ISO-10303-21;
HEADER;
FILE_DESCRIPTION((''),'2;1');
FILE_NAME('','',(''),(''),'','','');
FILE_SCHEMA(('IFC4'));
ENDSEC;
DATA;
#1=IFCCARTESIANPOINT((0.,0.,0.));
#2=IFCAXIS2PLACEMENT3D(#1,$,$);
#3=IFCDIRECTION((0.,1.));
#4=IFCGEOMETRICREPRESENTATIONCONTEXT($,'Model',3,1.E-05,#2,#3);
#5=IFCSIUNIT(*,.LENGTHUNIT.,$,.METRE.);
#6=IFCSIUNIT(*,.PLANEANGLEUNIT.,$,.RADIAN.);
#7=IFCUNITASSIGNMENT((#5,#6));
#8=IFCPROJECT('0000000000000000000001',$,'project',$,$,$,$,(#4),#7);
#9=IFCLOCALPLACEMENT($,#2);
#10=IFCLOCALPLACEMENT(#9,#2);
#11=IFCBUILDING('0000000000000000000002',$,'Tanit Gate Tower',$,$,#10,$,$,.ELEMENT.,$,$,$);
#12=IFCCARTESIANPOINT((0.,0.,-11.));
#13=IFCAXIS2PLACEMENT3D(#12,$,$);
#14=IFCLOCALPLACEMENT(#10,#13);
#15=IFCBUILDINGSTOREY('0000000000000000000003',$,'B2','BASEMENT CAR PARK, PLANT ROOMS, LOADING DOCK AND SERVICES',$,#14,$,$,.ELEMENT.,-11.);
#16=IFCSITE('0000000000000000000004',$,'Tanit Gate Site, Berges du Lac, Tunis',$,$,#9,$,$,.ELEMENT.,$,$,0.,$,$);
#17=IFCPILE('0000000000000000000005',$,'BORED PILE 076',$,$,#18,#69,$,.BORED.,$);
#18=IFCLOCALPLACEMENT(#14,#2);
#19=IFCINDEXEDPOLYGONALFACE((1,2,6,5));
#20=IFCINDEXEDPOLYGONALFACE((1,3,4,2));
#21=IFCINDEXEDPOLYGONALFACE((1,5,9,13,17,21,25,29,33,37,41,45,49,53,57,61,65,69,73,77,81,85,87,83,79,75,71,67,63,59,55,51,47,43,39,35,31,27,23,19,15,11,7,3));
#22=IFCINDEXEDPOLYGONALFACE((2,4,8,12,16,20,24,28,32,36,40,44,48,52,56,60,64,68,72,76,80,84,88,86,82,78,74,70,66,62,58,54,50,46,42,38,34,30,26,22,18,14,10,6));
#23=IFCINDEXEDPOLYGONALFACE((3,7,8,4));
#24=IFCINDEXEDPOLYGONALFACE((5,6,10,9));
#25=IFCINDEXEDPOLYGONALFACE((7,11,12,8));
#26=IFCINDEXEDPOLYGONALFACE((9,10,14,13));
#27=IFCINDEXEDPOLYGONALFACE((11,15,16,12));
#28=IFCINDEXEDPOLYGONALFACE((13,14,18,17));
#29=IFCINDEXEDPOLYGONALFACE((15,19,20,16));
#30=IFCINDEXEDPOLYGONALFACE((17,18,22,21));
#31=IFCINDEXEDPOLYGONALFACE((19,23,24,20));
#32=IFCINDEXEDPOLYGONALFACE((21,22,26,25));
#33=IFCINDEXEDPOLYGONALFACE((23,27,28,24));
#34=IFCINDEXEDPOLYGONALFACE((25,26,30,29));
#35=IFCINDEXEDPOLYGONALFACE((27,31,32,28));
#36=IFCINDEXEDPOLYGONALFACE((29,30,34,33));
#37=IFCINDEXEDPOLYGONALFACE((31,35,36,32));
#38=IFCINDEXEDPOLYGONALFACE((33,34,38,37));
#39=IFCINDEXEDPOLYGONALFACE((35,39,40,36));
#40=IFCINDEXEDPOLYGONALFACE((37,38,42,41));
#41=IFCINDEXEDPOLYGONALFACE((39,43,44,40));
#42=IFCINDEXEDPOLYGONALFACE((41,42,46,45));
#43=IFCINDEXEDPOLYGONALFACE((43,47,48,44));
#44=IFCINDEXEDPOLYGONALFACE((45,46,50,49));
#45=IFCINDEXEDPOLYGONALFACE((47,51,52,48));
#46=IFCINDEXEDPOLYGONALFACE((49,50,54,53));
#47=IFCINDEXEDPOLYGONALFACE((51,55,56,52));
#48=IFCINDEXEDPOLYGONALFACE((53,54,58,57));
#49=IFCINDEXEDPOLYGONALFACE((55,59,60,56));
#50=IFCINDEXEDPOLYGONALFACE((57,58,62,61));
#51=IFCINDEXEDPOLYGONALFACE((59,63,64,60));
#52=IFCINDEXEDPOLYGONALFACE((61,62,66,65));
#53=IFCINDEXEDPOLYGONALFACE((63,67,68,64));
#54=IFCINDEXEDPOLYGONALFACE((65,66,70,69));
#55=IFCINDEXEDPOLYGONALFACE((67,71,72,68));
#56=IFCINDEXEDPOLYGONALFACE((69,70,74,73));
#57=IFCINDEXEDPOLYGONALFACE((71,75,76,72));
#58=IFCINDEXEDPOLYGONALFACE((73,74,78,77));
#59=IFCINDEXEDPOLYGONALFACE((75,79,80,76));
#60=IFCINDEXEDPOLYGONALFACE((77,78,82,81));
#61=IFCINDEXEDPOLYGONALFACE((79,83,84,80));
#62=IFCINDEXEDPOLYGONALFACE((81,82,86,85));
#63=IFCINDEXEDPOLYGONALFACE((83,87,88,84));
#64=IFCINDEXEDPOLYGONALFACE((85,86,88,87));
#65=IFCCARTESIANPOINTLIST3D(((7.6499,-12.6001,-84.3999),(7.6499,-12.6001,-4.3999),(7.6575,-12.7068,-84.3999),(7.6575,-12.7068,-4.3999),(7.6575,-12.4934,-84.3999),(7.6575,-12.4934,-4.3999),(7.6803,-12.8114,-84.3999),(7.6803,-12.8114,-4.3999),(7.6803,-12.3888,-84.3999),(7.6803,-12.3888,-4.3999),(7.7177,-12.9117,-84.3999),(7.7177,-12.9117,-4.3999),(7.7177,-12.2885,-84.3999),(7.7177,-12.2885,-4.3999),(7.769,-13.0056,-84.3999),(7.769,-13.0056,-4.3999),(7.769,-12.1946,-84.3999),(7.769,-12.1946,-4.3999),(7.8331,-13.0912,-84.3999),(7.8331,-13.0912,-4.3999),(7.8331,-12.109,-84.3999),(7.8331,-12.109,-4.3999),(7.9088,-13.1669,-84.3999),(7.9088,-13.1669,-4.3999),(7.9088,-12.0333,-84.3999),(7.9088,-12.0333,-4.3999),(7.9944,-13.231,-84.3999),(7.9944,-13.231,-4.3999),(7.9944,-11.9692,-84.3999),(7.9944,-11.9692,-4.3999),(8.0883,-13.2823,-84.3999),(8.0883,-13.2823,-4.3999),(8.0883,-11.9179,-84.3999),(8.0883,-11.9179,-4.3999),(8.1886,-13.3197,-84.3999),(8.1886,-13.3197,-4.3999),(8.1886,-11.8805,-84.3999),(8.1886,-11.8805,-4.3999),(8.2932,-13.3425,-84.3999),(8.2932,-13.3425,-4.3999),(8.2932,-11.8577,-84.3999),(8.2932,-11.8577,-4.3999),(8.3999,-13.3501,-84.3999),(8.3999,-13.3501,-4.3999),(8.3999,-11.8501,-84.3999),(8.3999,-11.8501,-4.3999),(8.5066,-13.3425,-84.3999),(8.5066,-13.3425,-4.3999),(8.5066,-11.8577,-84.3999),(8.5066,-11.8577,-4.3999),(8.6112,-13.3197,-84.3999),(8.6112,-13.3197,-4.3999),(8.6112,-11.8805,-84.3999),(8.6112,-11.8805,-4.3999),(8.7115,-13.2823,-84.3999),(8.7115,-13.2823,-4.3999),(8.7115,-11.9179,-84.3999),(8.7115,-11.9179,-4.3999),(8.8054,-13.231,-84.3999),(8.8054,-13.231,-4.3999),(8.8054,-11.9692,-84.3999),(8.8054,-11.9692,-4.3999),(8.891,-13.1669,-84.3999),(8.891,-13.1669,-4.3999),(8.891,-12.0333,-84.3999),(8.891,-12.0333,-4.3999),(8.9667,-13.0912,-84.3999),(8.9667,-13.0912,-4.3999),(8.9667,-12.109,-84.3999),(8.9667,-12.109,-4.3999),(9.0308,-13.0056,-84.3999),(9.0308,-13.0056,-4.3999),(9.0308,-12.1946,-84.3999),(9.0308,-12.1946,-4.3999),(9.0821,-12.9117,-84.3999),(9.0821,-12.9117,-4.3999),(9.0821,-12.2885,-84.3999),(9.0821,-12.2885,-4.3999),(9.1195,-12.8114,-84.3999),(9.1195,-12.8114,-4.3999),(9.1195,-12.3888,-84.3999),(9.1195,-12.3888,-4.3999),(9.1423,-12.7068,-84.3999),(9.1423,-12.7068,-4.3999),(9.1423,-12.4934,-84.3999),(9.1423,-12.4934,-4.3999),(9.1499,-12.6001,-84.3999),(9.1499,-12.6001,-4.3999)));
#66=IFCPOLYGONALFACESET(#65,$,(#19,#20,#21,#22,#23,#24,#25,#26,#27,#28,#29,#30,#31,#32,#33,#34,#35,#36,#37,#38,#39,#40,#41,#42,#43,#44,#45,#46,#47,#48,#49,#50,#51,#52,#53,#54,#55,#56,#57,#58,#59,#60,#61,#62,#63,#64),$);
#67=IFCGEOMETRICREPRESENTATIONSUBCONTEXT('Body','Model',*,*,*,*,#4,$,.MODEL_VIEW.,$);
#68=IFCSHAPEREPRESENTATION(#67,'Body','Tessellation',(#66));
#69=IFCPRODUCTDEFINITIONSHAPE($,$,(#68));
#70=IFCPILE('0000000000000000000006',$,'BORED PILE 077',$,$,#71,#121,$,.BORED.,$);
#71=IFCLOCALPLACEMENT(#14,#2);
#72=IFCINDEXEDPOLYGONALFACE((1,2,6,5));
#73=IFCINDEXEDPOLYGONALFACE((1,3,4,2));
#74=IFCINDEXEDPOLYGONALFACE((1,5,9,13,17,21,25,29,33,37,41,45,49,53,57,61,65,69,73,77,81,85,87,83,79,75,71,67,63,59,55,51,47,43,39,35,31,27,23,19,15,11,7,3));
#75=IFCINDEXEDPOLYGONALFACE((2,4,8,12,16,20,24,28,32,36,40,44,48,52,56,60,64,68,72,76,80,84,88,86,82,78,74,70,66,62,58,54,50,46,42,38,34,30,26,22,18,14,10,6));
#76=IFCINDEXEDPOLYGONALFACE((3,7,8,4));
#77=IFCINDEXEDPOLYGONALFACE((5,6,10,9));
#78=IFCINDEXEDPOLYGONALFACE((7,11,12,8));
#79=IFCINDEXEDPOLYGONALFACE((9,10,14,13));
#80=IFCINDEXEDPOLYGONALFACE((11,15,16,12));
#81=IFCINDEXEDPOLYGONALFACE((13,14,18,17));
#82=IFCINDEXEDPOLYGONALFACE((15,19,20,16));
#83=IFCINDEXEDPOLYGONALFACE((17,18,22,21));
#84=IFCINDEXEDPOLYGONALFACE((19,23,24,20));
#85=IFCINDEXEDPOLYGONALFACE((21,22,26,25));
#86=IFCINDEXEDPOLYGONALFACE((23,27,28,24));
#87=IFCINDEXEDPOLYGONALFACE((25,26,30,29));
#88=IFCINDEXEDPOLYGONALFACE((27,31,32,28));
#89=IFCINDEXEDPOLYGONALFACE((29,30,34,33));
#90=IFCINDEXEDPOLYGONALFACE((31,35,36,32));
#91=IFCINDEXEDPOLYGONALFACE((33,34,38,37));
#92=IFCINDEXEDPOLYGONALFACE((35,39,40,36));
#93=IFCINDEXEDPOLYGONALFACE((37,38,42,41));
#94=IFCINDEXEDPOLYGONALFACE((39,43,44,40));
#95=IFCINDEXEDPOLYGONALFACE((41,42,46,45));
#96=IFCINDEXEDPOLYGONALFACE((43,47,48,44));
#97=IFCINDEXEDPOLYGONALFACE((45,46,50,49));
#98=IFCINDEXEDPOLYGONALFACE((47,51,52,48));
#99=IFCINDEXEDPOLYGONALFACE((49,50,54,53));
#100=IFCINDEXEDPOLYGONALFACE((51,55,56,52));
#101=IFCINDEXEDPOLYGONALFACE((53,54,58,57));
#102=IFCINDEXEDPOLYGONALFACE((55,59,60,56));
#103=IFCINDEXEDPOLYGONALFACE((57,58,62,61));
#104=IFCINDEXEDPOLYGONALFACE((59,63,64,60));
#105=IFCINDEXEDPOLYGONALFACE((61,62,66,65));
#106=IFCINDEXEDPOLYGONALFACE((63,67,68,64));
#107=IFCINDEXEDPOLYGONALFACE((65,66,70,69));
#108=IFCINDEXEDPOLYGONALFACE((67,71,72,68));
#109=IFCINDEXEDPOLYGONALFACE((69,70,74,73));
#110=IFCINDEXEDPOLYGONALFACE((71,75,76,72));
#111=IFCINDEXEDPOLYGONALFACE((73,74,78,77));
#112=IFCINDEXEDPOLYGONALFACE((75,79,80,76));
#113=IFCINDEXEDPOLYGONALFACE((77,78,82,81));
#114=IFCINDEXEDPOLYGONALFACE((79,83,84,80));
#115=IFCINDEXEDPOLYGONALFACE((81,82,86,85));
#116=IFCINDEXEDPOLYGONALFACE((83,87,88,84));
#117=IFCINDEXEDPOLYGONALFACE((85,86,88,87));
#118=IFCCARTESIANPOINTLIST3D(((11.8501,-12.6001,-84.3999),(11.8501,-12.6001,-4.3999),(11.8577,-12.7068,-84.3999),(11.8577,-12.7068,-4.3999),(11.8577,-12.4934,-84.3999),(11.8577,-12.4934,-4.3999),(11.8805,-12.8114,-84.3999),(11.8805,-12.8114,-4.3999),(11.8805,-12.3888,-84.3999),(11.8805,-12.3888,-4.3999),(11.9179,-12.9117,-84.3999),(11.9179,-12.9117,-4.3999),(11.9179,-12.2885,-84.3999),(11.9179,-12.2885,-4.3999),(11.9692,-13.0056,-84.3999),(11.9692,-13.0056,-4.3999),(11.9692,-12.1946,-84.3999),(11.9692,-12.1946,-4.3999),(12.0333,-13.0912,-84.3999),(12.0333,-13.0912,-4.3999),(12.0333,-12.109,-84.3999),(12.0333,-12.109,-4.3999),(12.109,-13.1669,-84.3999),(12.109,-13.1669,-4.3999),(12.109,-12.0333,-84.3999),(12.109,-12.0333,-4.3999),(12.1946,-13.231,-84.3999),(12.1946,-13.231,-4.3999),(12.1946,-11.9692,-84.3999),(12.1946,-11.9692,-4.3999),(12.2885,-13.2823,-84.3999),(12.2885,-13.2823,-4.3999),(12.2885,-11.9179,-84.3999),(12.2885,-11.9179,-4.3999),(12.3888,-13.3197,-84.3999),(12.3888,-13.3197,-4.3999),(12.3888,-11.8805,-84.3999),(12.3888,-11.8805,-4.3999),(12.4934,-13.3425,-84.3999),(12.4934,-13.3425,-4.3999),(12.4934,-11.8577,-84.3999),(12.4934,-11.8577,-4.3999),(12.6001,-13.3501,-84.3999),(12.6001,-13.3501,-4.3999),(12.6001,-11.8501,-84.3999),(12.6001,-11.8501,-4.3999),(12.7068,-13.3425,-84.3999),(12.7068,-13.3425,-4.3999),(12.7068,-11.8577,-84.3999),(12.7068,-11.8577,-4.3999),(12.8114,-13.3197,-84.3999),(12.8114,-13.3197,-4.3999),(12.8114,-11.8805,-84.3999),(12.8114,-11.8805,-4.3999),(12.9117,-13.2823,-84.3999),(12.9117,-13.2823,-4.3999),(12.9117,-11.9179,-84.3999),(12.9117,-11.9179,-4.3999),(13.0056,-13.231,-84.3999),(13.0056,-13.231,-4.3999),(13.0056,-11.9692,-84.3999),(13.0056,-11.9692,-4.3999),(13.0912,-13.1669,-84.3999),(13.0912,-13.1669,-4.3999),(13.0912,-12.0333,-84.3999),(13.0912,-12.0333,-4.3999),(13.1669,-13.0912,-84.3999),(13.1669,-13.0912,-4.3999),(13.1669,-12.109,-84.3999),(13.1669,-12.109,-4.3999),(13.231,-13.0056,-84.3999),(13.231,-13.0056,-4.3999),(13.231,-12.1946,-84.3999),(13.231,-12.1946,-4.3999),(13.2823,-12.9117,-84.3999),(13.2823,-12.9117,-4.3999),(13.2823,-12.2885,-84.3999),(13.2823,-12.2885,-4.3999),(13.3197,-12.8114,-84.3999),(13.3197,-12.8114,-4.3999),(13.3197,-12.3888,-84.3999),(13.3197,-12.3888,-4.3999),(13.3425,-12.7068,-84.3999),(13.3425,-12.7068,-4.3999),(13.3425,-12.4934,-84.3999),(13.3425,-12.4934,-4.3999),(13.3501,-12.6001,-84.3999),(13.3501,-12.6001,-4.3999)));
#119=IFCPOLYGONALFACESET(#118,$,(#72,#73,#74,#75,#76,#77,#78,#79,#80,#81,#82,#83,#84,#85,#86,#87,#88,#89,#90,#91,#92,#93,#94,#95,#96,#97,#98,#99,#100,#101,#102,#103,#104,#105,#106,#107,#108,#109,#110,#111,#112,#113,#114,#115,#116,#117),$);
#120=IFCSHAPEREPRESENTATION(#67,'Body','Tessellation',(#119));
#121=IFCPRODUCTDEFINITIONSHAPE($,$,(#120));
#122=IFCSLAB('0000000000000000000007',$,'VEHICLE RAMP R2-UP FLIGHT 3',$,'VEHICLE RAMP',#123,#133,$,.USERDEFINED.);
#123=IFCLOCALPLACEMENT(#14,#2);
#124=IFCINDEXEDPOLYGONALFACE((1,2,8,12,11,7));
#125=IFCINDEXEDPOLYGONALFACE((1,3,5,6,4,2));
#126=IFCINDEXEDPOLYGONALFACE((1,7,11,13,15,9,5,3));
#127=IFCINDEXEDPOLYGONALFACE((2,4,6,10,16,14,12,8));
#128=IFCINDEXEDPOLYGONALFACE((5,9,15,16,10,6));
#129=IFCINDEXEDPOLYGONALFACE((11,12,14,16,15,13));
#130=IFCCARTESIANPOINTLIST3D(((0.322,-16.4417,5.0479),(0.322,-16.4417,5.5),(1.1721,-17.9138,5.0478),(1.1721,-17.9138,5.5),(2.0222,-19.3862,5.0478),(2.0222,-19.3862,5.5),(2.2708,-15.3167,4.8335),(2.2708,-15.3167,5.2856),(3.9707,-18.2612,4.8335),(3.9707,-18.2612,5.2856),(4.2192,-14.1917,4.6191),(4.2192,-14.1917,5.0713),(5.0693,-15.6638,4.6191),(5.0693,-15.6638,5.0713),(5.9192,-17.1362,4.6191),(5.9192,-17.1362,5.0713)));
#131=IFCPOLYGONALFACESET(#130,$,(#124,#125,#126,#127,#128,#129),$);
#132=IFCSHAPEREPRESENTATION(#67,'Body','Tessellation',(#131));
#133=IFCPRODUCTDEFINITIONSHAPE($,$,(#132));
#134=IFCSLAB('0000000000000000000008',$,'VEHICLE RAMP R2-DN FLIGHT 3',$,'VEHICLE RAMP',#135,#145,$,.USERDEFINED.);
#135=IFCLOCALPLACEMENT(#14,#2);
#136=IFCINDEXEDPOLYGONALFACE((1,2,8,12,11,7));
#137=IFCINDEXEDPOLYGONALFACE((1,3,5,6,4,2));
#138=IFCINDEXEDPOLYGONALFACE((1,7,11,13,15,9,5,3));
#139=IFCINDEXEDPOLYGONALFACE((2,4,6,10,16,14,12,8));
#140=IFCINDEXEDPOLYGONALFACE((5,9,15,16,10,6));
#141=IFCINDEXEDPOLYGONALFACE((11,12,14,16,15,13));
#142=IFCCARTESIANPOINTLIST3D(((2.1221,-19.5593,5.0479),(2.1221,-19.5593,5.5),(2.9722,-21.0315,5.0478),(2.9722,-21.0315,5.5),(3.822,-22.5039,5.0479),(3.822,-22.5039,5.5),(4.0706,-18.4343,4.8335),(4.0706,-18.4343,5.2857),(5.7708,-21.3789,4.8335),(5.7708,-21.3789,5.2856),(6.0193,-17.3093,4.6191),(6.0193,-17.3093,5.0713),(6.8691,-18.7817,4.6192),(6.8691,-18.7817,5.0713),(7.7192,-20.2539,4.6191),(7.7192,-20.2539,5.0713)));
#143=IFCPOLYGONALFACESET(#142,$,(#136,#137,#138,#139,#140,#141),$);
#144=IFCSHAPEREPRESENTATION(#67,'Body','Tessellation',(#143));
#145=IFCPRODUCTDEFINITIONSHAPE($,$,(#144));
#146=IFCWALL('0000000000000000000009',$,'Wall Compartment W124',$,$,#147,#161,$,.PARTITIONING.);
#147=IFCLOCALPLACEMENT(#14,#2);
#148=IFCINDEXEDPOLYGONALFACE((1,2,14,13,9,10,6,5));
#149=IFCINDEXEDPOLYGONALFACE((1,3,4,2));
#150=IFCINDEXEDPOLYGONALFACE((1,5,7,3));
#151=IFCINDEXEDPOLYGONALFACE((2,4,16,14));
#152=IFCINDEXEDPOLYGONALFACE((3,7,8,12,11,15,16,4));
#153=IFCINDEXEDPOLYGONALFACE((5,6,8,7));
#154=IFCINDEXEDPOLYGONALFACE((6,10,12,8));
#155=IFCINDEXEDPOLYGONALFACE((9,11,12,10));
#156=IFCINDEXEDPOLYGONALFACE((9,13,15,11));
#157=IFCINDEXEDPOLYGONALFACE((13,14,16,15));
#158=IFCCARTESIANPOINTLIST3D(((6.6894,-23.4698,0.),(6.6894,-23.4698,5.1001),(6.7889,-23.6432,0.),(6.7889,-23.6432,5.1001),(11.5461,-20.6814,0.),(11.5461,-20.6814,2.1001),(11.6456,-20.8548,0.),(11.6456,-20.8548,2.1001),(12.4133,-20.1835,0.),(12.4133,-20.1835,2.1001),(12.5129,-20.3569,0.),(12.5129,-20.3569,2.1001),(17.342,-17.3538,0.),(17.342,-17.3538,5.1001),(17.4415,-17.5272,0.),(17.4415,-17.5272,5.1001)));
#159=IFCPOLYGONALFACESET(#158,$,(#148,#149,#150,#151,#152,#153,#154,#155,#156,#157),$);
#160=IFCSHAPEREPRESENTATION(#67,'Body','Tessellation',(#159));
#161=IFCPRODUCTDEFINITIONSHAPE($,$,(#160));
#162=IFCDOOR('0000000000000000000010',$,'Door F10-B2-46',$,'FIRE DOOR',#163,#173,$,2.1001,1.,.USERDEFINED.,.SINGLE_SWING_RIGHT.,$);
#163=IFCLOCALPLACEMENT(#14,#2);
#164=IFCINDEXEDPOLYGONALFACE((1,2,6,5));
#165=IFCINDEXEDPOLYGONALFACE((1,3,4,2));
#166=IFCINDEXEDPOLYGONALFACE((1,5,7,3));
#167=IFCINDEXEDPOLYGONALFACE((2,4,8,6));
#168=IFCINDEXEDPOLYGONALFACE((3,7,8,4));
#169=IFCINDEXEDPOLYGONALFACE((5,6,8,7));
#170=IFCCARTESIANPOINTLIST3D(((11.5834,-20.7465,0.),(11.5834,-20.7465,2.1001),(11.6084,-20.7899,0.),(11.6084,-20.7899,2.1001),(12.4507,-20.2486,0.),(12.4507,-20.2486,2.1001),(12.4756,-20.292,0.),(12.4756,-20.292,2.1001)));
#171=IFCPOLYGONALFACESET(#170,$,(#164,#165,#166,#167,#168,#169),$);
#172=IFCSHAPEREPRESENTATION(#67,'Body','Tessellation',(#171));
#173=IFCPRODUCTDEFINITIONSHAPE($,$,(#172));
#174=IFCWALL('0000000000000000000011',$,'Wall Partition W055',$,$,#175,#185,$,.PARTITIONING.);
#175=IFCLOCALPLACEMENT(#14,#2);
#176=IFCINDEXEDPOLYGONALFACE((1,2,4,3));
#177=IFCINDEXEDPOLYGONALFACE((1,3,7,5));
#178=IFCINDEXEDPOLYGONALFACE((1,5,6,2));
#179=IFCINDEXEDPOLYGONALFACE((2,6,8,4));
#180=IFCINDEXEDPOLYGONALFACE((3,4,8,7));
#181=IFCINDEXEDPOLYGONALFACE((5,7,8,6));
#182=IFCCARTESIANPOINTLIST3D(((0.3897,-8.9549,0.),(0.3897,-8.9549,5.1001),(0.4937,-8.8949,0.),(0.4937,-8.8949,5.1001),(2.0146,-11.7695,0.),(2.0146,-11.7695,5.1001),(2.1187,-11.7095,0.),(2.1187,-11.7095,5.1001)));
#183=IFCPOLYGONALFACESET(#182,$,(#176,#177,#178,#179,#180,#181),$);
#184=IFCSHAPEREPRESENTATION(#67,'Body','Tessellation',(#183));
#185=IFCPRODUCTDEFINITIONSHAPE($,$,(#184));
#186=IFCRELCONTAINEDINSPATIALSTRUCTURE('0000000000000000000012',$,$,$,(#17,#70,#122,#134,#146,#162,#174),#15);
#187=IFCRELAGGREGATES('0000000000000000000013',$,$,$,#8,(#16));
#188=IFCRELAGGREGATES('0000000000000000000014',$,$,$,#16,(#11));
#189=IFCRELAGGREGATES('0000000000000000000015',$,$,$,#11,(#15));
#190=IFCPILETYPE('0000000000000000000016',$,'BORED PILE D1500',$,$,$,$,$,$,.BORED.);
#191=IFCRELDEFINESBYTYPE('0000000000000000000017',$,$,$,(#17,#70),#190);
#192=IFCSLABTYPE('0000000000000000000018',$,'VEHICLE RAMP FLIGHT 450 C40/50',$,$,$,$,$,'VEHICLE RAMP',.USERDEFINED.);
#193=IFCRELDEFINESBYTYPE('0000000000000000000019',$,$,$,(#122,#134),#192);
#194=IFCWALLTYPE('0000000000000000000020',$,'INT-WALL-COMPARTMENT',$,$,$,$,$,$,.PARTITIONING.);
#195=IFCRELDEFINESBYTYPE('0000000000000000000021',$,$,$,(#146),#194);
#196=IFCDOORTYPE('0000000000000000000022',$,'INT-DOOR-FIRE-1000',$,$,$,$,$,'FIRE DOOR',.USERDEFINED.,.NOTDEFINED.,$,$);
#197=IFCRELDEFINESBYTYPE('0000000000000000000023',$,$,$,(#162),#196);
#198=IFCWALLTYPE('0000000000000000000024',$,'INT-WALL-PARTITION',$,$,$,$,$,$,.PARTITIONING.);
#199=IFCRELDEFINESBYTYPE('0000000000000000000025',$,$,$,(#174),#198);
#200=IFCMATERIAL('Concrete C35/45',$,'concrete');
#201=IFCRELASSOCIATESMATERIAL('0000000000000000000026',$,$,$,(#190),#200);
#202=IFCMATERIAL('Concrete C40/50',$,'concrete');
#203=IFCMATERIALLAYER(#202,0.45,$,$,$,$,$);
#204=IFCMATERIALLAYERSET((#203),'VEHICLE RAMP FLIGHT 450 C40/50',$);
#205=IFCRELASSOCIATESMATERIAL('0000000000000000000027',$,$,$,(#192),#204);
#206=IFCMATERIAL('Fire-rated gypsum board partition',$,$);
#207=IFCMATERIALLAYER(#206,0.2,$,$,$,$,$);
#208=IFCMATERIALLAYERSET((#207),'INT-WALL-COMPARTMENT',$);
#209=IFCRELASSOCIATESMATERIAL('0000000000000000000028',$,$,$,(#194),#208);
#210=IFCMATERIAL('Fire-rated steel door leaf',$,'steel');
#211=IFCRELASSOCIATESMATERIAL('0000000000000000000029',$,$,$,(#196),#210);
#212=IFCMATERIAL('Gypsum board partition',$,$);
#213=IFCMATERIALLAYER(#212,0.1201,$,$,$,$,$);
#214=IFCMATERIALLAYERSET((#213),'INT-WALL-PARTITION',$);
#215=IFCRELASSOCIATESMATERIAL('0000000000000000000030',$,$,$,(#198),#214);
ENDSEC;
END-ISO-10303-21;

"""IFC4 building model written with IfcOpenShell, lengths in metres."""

from ifc_helpers import new_model, si_unit, direction, frame, frame_2d, origin, origin_2d, place, context, subcontext, project, spatial, polyline, rectangle, circle, outline, extrude, material, layer, layer_set, material_profile, profile_set, type_object, element, fill, save


model = new_model("IFC4")

# Units and contexts
model_context = context("Model", 3, precision=1e-05, world=origin(), true_north=direction((0.0, 1.0)))
body_context = subcontext(model_context, "Body", "Model", "MODEL_VIEW")
ifc_project = project(units=[si_unit("LENGTHUNIT", "METRE"), si_unit("PLANEANGLEUNIT", "RADIAN")], contexts=[model_context])

# Site, building, storey
site_placement = place(None, origin())
site = spatial("IfcSite", under=ifc_project, at=site_placement, Name="Tanit Gate Site, Berges du Lac, Tunis", CompositionType="ELEMENT", RefElevation=0.0)
building_placement = place(site_placement, origin())
building = spatial("IfcBuilding", under=site, at=building_placement, Name="Tanit Gate Tower", CompositionType="ELEMENT")
storey_placement = place(building_placement, frame((0.0, 0.0, -11.0)))
storey = spatial("IfcBuildingStorey", under=building, at=storey_placement, Name="B2", Description="BASEMENT CAR PARK, PLANT ROOMS, LOADING DOCK AND SERVICES", CompositionType="ELEMENT", Elevation=-11.0)

# Piles
ifc_material_1 = material(Name="Concrete C35/45", Category="concrete")
ifc_material_profile = material_profile(ifc_material_1, circle(Radius=0.75, at=origin_2d()), Name="BORED PILE D1500 C35/45")
ifc_profile_set = profile_set([ifc_material_profile], Name="Concrete C35/45")
pile_type = type_object("IfcPileType", Name="BORED PILE D1500", PredefinedType="BORED", material=ifc_profile_set)
for number, where, z_axis, x_axis, name in (
    (1, (8.3999, -12.6001, -4.3999), (0.0, 0.0, -1.0), (1.0, 0.0, 0.0), "BORED PILE 076"),
    (2, (12.6001, -12.6001, -4.3999), (0.0, 0.0, -1.0), (1.0, 0.0, 0.0), "BORED PILE 077"),
):
    element("IfcPile", number, at=place(storey_placement, frame(where, z_axis=z_axis, x_axis=x_axis)), inside=storey, type_object=pile_type, Name=name, PredefinedType="BORED", context=body_context, shape_type="SweptSolid", body=[
        extrude(circle(Radius=0.75, at=origin_2d()), origin(), (0.0, 0.0, 1.0), 80.0),
    ])

# Slabs
ifc_material_2 = material(Name="Concrete C40/50", Category="concrete")
ifc_layer_1 = layer(ifc_material_2, 0.45)
ifc_layer_set_1 = layer_set([ifc_layer_1], Name="VEHICLE RAMP FLIGHT 450 C40/50")
slab_type = type_object("IfcSlabType", Name="VEHICLE RAMP FLIGHT 450 C40/50", ElementType="VEHICLE RAMP", PredefinedType="USERDEFINED", material=ifc_layer_set_1)
slab_1_placement = place(storey_placement, frame((5.9192, -17.1362, 5.0713), z_axis=(0.082133, 0.047419, 0.995493), x_axis=(-0.862114, -0.49776, 0.094839)))
element("IfcSlab", 3, at=slab_1_placement, inside=storey, type_object=slab_type, Name="VEHICLE RAMP R2-UP FLIGHT 3", ObjectType="VEHICLE RAMP", PredefinedType="USERDEFINED", context=body_context, shape_type="SweptSolid", body=[
    extrude(outline(polyline([(0.0, 0.0), (2.2601, 0.0), (4.5203, 0.0), (4.5202, -1.7002), (4.5203, -3.4002), (2.26, -3.4001), (-0.0001, -3.4001), (-0.0002, -1.7001), (0.0, 0.0)])), origin(), (-0.094839, 0.000002, -0.995493), 0.4521),
])
slab_2_placement = place(storey_placement, frame((7.7192, -20.2539, 5.0713), z_axis=(0.082135, 0.047421, 0.995492), x_axis=(-0.862114, -0.49776, 0.094841)))
element("IfcSlab", 4, at=slab_2_placement, inside=storey, type_object=slab_type, Name="VEHICLE RAMP R2-DN FLIGHT 3", ObjectType="VEHICLE RAMP", PredefinedType="USERDEFINED", context=body_context, shape_type="SweptSolid", body=[
    extrude(outline(polyline([(0.0, 0.0), (2.2601, 0.0), (4.5205, -0.0001), (4.5202, -1.7002), (4.5203, -3.4002), (2.2602, -3.4002), (-0.0001, -3.4001), (0.0001, -1.7), (0.0, 0.0)])), origin(), (-0.094841, 0.000001, -0.995492), 0.4521),
])

# Wall, opening, door
ifc_material_3 = material(Name="Fire-rated gypsum board partition")
ifc_layer_2 = layer(ifc_material_3, 0.2)
ifc_layer_set_2 = layer_set([ifc_layer_2], Name="INT-WALL-COMPARTMENT")
wall_type_1 = type_object("IfcWallType", Name="INT-WALL-COMPARTMENT", PredefinedType="PARTITIONING", material=ifc_layer_set_2)
wall_1_placement = place(storey_placement, frame((6.7393, -23.5564, 0.0), z_axis=(0.0, 0.0, 1.0), x_axis=(0.867232, 0.497904, 0.0)))
wall_1 = element("IfcWall", 5, at=wall_1_placement, inside=storey, type_object=wall_type_1, Name="Wall Compartment W124", PredefinedType="PARTITIONING", context=body_context, shape_type="SweptSolid", body=[
    extrude(rectangle(XDim=12.2834, YDim=0.2, at=frame_2d((6.1416, 0.0))), origin(), (0.0, 0.0, 1.0), 5.1001),
])
opening_placement = place(wall_1_placement, frame((5.6001, 0.0, 0.0)))
opening = element("IfcOpeningElement", 6, at=opening_placement, cuts=wall_1, PredefinedType="OPENING", context=body_context, shape_type="SweptSolid", body=[
    extrude(rectangle(XDim=1.0, YDim=2.1001, at=frame_2d((0.5, 1.05))), frame((0.0, 0.1099, 0.0), z_axis=(0.0, -1.0, 0.0), x_axis=(1.0, 0.0, 0.0)), (0.0, 0.0, 1.0), 0.22),
])
ifc_material_4 = material(Name="Fire-rated steel door leaf", Category="steel")
door_type = type_object("IfcDoorType", Name="INT-DOOR-FIRE-1000", ElementType="FIRE DOOR", OperationType="NOTDEFINED", PredefinedType="USERDEFINED", material=ifc_material_4)
door_placement = place(opening_placement, origin())
door = element("IfcDoor", 7, at=door_placement, inside=storey, type_object=door_type, Name="Door F10-B2-46", ObjectType="FIRE DOOR", OperationType="SINGLE_SWING_RIGHT", OverallHeight=2.1001, OverallWidth=1.0, PredefinedType="USERDEFINED", context=body_context, shape_type="SweptSolid", body=[
    extrude(rectangle(XDim=1.0, YDim=2.1001, at=frame_2d((0.5, 1.05))), frame((0.0, 0.0249, 0.0), z_axis=(0.0, -1.0, 0.0), x_axis=(1.0, 0.0, 0.0)), (0.0, 0.0, 1.0), 0.05),
])
fill(opening, door)

# Wall
ifc_material_5 = material(Name="Gypsum board partition")
ifc_layer_3 = layer(ifc_material_5, 0.1201)
ifc_layer_set_3 = layer_set([ifc_layer_3], Name="INT-WALL-PARTITION")
wall_type_2 = type_object("IfcWallType", Name="INT-WALL-PARTITION", PredefinedType="PARTITIONING", material=ifc_layer_set_3)
wall_2_placement = place(storey_placement, frame((2.0667, -11.7395, 0.0), z_axis=(0.0, 0.0, 1.0), x_axis=(-0.499985, 0.866034, 0.0)))
element("IfcWall", 8, at=wall_2_placement, inside=storey, type_object=wall_type_2, Name="Wall Partition W055", PredefinedType="PARTITIONING", context=body_context, shape_type="SweptSolid", body=[
    extrude(rectangle(XDim=3.25, YDim=0.1201, at=frame_2d((1.625, 0.0))), origin(), (0.0, 0.0, 1.0), 5.1001),
])

save(model, "model.ifc")
